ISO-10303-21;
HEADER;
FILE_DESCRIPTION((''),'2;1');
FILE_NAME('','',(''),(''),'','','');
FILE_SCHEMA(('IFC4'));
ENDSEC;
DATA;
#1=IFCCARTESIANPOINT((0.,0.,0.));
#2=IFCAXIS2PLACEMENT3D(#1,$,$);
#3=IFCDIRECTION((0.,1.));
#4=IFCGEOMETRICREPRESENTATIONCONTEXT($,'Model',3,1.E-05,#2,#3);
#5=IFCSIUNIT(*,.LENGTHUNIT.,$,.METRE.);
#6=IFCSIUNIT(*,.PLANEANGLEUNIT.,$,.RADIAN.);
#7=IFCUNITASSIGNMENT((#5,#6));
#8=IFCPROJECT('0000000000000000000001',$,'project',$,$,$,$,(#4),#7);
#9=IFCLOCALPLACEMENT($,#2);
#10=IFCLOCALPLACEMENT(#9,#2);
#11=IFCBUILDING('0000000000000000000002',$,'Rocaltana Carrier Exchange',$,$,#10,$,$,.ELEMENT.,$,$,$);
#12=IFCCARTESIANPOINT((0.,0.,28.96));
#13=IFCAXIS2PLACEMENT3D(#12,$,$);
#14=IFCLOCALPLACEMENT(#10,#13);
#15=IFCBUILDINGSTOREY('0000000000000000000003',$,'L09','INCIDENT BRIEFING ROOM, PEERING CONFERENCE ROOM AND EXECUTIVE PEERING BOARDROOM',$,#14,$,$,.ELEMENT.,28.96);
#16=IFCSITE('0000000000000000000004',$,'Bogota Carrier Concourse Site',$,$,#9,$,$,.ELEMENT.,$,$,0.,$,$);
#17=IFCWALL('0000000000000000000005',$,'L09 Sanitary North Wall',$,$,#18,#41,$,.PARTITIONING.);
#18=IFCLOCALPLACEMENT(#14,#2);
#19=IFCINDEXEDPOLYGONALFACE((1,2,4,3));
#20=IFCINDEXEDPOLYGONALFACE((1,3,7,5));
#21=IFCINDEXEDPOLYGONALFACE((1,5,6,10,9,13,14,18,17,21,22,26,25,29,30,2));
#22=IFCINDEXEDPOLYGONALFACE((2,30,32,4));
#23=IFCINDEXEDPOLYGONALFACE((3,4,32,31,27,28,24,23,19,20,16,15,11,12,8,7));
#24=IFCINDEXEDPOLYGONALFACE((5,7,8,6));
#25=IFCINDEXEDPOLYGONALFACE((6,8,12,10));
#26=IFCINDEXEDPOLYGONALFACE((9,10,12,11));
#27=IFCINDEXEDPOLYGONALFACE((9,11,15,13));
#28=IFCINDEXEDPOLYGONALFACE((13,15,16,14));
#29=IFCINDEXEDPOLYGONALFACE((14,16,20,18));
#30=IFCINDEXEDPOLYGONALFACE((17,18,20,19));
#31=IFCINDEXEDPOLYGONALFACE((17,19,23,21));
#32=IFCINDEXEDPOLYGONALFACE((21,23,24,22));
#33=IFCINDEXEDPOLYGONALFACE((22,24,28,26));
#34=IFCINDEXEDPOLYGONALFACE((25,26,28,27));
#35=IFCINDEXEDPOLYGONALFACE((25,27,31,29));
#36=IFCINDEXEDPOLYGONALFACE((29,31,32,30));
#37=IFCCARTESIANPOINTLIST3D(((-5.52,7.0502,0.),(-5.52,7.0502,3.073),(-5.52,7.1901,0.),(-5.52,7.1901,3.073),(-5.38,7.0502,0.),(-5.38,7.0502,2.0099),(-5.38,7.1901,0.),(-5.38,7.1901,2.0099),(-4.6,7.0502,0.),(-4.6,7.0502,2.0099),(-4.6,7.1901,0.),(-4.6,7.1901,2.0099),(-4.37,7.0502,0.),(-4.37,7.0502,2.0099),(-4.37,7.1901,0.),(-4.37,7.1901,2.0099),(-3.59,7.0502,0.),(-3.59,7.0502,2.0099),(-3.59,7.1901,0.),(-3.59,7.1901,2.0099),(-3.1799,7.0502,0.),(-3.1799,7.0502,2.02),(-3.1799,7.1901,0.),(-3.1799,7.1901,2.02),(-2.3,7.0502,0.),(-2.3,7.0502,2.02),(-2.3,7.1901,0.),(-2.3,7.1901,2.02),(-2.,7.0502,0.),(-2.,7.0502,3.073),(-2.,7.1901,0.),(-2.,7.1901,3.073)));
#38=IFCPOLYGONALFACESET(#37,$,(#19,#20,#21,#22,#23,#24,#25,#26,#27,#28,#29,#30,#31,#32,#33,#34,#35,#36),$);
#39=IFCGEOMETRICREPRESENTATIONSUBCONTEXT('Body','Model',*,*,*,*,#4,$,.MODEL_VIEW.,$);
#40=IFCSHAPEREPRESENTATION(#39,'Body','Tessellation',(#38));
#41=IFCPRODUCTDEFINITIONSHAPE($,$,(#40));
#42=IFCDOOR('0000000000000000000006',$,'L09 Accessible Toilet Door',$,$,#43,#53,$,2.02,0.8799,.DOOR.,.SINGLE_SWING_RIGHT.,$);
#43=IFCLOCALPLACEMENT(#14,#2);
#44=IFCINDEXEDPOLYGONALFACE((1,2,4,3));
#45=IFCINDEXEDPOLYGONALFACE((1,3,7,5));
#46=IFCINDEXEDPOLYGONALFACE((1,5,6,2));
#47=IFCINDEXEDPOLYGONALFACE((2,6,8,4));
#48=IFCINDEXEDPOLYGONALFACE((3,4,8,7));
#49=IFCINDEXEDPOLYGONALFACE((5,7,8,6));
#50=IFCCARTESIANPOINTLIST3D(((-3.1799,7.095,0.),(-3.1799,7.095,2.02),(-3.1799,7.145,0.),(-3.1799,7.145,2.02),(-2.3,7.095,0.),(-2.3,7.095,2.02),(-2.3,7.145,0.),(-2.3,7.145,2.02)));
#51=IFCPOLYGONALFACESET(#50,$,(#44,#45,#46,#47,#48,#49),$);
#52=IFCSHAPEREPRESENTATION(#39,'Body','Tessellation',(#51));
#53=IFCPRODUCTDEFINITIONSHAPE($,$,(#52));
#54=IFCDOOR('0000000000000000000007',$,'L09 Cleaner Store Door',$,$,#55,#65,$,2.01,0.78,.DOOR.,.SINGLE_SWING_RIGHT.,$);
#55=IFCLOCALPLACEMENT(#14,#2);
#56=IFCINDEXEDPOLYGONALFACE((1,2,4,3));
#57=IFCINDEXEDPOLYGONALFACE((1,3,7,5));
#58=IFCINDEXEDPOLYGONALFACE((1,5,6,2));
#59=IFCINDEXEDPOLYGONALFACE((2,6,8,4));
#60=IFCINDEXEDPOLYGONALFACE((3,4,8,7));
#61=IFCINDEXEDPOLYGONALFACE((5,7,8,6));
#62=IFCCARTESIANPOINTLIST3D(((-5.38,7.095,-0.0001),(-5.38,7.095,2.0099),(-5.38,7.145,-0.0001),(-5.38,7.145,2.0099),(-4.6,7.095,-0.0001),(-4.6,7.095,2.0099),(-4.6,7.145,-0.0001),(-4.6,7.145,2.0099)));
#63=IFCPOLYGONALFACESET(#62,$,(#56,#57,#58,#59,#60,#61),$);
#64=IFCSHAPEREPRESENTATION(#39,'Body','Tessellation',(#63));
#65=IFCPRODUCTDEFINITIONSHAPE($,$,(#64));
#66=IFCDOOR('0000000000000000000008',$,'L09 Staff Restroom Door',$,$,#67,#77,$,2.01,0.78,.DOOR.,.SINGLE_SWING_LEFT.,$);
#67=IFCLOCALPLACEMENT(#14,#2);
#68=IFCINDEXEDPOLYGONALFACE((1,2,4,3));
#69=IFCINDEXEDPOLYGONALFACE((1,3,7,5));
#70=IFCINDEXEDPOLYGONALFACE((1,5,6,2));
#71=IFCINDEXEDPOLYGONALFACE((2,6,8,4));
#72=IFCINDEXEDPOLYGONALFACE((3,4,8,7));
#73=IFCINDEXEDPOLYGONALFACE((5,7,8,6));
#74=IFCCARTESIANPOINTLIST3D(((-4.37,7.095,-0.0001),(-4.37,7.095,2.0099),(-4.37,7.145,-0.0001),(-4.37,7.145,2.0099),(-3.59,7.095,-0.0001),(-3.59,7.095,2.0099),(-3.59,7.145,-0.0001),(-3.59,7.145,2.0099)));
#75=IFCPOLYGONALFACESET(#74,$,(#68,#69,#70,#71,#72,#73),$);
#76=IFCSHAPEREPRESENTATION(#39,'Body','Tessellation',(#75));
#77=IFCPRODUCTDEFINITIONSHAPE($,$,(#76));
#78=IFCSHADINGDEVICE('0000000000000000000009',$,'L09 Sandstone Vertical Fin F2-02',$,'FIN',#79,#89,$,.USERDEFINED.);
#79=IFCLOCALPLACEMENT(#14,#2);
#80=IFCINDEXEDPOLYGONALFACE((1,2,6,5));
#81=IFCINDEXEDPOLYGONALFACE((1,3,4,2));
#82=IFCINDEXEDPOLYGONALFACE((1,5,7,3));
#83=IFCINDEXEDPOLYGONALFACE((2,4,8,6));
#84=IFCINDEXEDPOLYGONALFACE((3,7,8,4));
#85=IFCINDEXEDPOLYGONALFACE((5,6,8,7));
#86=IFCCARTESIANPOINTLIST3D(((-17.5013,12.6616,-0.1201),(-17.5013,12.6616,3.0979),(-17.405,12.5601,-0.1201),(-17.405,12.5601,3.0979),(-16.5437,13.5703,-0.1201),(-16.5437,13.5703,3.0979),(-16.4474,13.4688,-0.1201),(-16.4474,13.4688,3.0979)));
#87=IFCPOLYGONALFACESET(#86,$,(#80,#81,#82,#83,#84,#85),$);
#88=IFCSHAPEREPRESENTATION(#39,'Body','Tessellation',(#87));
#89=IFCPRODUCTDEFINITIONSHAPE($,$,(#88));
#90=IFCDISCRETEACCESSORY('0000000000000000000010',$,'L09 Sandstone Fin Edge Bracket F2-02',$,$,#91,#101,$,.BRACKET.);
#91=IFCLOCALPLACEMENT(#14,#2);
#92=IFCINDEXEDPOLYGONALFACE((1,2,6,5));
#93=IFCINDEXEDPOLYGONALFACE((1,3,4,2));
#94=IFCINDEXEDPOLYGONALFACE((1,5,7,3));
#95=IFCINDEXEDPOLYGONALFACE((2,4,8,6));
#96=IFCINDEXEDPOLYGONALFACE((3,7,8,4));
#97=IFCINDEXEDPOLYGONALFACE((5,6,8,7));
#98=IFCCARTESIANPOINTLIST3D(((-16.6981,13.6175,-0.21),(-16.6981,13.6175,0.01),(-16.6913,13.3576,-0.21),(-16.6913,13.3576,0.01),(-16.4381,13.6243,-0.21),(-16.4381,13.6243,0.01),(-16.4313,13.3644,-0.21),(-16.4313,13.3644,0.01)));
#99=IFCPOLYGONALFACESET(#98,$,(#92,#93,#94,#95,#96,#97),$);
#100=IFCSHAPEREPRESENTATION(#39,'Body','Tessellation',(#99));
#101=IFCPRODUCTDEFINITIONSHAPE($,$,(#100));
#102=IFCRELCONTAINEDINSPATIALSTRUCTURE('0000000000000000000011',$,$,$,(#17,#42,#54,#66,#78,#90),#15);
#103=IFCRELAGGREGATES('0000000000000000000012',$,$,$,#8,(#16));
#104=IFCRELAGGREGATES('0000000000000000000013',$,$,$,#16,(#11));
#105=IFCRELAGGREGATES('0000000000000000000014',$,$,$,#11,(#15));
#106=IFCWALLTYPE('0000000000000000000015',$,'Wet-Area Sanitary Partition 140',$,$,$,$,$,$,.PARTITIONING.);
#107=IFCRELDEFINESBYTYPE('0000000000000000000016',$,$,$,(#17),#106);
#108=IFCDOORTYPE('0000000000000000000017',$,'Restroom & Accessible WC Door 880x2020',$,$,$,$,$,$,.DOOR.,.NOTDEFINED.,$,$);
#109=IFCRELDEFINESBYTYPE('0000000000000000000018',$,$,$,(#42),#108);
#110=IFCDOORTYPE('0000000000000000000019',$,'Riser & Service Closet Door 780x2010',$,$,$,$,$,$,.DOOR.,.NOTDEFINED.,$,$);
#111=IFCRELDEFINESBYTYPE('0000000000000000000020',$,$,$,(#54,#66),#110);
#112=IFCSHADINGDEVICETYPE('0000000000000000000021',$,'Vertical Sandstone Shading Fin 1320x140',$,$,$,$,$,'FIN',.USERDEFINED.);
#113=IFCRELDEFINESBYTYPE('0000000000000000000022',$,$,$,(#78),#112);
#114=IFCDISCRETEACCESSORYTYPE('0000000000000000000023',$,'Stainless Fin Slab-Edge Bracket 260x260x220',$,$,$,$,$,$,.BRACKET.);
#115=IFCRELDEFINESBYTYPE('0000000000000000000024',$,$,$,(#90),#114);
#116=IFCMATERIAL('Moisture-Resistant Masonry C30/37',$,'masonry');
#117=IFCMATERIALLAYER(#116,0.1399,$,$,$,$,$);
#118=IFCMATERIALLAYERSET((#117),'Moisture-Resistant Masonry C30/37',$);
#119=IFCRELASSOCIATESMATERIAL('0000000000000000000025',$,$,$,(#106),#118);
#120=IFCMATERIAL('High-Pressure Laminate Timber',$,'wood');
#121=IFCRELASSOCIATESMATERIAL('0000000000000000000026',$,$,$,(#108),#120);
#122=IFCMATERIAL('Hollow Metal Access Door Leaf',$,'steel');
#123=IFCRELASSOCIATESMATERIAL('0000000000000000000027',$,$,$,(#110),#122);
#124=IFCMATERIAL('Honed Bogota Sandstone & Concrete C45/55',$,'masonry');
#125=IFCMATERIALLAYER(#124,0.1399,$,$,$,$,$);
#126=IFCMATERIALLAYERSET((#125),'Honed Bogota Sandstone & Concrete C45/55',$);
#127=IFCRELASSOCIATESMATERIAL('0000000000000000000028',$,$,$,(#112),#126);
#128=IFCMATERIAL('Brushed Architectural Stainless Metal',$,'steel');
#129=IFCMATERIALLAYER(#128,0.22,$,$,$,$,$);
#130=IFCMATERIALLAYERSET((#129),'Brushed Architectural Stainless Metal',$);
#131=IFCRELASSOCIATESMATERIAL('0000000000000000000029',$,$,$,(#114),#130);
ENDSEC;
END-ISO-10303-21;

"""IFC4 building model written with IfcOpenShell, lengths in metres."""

from ifc_helpers import new_model, si_unit, direction, frame, frame_2d, origin, origin_2d, place, context, subcontext, project, spatial, rectangle, extrude, material, layer, layer_set, type_object, element, fill, save


model = new_model("IFC4")

# Units and contexts
model_context = context("Model", 3, precision=1e-05, world=origin(), true_north=direction((0.0, 1.0)))
body_context = subcontext(model_context, "Body", "Model", "MODEL_VIEW")
ifc_project = project(units=[si_unit("LENGTHUNIT", "METRE"), si_unit("PLANEANGLEUNIT", "RADIAN")], contexts=[model_context])

# Site, building, storey
site_placement = place(None, origin())
site = spatial("IfcSite", under=ifc_project, at=site_placement, Name="Bogota Carrier Concourse Site", CompositionType="ELEMENT", RefElevation=0.0)
building_placement = place(site_placement, origin())
building = spatial("IfcBuilding", under=site, at=building_placement, Name="Rocaltana Carrier Exchange", CompositionType="ELEMENT")
storey_placement = place(building_placement, frame((0.0, 0.0, 28.96)))
storey = spatial("IfcBuildingStorey", under=building, at=storey_placement, Name="L09", Description="INCIDENT BRIEFING ROOM, PEERING CONFERENCE ROOM AND EXECUTIVE PEERING BOARDROOM", CompositionType="ELEMENT", Elevation=28.96)

# Wall, openings, doors
ifc_material_1 = material(Name="Moisture-Resistant Masonry C30/37", Category="masonry")
ifc_layer_1 = layer(ifc_material_1, 0.1399)
ifc_layer_set_1 = layer_set([ifc_layer_1], Name="Moisture-Resistant Masonry C30/37")
wall_type_1 = type_object("IfcWallType", Name="Wet-Area Sanitary Partition 140", PredefinedType="PARTITIONING", material=ifc_layer_set_1)
wall_1_placement = place(storey_placement, frame((-5.52, 7.1201, 0.0), z_axis=(0.0, 0.0, 1.0), x_axis=(1.0, 0.0, 0.0)))
wall_1 = element("IfcWall", 1, at=wall_1_placement, inside=storey, type_object=wall_type_1, Name="L09 Sanitary North Wall", PredefinedType="PARTITIONING", context=body_context, shape_type="SweptSolid", body=[
    extrude(rectangle(XDim=3.52, YDim=0.1399, at=frame_2d((1.76, 0.0))), origin(), (0.0, 0.0, 1.0), 3.073),
])
opening_1_placement = place(wall_1_placement, frame((0.1399, 0.0, 0.0)))
opening_1 = element("IfcOpeningElement", 2, at=opening_1_placement, cuts=wall_1, PredefinedType="OPENING", context=body_context, shape_type="SweptSolid", body=[
    extrude(rectangle(XDim=0.78, YDim=2.01, at=frame_2d((0.3901, 1.0049))), frame((0.0, 0.0798, 0.0), z_axis=(0.0, -1.0, 0.0), x_axis=(1.0, 0.0, 0.0)), (0.0, 0.0, 1.0), 0.1599),
])
opening_2_placement = place(wall_1_placement, frame((1.1499, 0.0, 0.0)))
opening_2 = element("IfcOpeningElement", 3, at=opening_2_placement, cuts=wall_1, PredefinedType="OPENING", context=body_context, shape_type="SweptSolid", body=[
    extrude(rectangle(XDim=0.78, YDim=2.01, at=frame_2d((0.3901, 1.0049))), frame((0.0, 0.0798, 0.0), z_axis=(0.0, -1.0, 0.0), x_axis=(1.0, 0.0, 0.0)), (0.0, 0.0, 1.0), 0.1599),
])
opening_3_placement = place(wall_1_placement, frame((2.3401, 0.0, 0.0)))
opening_3 = element("IfcOpeningElement", 4, at=opening_3_placement, cuts=wall_1, PredefinedType="OPENING", context=body_context, shape_type="SweptSolid", body=[
    extrude(rectangle(XDim=0.8799, YDim=2.02, at=frame_2d((0.4399, 1.01))), frame((0.0, 0.0798, 0.0), z_axis=(0.0, -1.0, 0.0), x_axis=(1.0, 0.0, 0.0)), (0.0, 0.0, 1.0), 0.1599),
])
ifc_material_2 = material(Name="High-Pressure Laminate Timber", Category="wood")
door_type_1 = type_object("IfcDoorType", Name="Restroom & Accessible WC Door 880x2020", OperationType="NOTDEFINED", PredefinedType="DOOR", material=ifc_material_2)
door_1_placement = place(opening_3_placement, origin())
door_1 = element("IfcDoor", 5, at=door_1_placement, inside=storey, type_object=door_type_1, Name="L09 Accessible Toilet Door", OperationType="SINGLE_SWING_RIGHT", OverallHeight=2.02, OverallWidth=0.8799, PredefinedType="DOOR", context=body_context, shape_type="SweptSolid", body=[
    extrude(rectangle(XDim=0.8799, YDim=2.02, at=frame_2d((0.4399, 1.01))), frame((0.0, 0.0249, 0.0), z_axis=(0.0, -1.0, 0.0), x_axis=(1.0, 0.0, 0.0)), (0.0, 0.0, 1.0), 0.05),
])
fill(opening_3, door_1)
ifc_material_3 = material(Name="Hollow Metal Access Door Leaf", Category="steel")
door_type_2 = type_object("IfcDoorType", Name="Riser & Service Closet Door 780x2010", OperationType="NOTDEFINED", PredefinedType="DOOR", material=ifc_material_3)
door_2_placement = place(opening_1_placement, origin())
door_2 = element("IfcDoor", 6, at=door_2_placement, inside=storey, type_object=door_type_2, Name="L09 Cleaner Store Door", OperationType="SINGLE_SWING_RIGHT", OverallHeight=2.01, OverallWidth=0.78, PredefinedType="DOOR", context=body_context, shape_type="SweptSolid", body=[
    extrude(rectangle(XDim=0.78, YDim=2.01, at=frame_2d((0.3901, 1.0049))), frame((0.0, 0.0249, 0.0), z_axis=(0.0, -1.0, 0.0), x_axis=(1.0, 0.0, 0.0)), (0.0, 0.0, 1.0), 0.05),
])
fill(opening_1, door_2)
door_3_placement = place(opening_2_placement, origin())
door_3 = element("IfcDoor", 7, at=door_3_placement, inside=storey, type_object=door_type_2, Name="L09 Staff Restroom Door", OperationType="SINGLE_SWING_LEFT", OverallHeight=2.01, OverallWidth=0.78, PredefinedType="DOOR", context=body_context, shape_type="SweptSolid", body=[
    extrude(rectangle(XDim=0.78, YDim=2.01, at=frame_2d((0.3901, 1.0049))), frame((0.0, 0.0249, 0.0), z_axis=(0.0, -1.0, 0.0), x_axis=(1.0, 0.0, 0.0)), (0.0, 0.0, 1.0), 0.05),
])
fill(opening_2, door_3)

# Shading device
ifc_material_4 = material(Name="Honed Bogota Sandstone & Concrete C45/55", Category="masonry")
ifc_layer_2 = layer(ifc_material_4, 0.1399)
ifc_layer_set_2 = layer_set([ifc_layer_2], Name="Honed Bogota Sandstone & Concrete C45/55")
shading_device_type = type_object("IfcShadingDeviceType", Name="Vertical Sandstone Shading Fin 1320x140", ElementType="FIN", PredefinedType="USERDEFINED", material=ifc_layer_set_2)
shading_device_placement = place(storey_placement, frame((-16.9744, 13.0652, -0.1201), z_axis=(0.0, 0.0, 1.0), x_axis=(-0.725374, -0.688355, 0.0)))
element("IfcShadingDevice", 8, at=shading_device_placement, inside=storey, type_object=shading_device_type, Name="L09 Sandstone Vertical Fin F2-02", ObjectType="FIN", PredefinedType="USERDEFINED", context=body_context, shape_type="SweptSolid", body=[
    extrude(rectangle(XDim=1.3201, YDim=0.1399, at=origin_2d()), origin(), (0.0, 0.0, 1.0), 3.218),
])

# Discrete accessory
ifc_material_5 = material(Name="Brushed Architectural Stainless Metal", Category="steel")
ifc_layer_3 = layer(ifc_material_5, 0.22)
ifc_layer_set_3 = layer_set([ifc_layer_3], Name="Brushed Architectural Stainless Metal")
discrete_accessory_type = type_object("IfcDiscreteAccessoryType", Name="Stainless Fin Slab-Edge Bracket 260x260x220", PredefinedType="BRACKET", material=ifc_layer_set_3)
discrete_accessory_placement = place(storey_placement, frame((-16.5647, 13.491, -0.21), z_axis=(0.0, 0.0, 1.0), x_axis=(0.026177, -0.999657, 0.0)))
element("IfcDiscreteAccessory", 9, at=discrete_accessory_placement, inside=storey, type_object=discrete_accessory_type, Name="L09 Sandstone Fin Edge Bracket F2-02", PredefinedType="BRACKET", context=body_context, shape_type="SweptSolid", body=[
    extrude(rectangle(XDim=0.26, YDim=0.26, at=origin_2d()), origin(), (0.0, 0.0, 1.0), 0.22),
])

save(model, "model.ifc")
